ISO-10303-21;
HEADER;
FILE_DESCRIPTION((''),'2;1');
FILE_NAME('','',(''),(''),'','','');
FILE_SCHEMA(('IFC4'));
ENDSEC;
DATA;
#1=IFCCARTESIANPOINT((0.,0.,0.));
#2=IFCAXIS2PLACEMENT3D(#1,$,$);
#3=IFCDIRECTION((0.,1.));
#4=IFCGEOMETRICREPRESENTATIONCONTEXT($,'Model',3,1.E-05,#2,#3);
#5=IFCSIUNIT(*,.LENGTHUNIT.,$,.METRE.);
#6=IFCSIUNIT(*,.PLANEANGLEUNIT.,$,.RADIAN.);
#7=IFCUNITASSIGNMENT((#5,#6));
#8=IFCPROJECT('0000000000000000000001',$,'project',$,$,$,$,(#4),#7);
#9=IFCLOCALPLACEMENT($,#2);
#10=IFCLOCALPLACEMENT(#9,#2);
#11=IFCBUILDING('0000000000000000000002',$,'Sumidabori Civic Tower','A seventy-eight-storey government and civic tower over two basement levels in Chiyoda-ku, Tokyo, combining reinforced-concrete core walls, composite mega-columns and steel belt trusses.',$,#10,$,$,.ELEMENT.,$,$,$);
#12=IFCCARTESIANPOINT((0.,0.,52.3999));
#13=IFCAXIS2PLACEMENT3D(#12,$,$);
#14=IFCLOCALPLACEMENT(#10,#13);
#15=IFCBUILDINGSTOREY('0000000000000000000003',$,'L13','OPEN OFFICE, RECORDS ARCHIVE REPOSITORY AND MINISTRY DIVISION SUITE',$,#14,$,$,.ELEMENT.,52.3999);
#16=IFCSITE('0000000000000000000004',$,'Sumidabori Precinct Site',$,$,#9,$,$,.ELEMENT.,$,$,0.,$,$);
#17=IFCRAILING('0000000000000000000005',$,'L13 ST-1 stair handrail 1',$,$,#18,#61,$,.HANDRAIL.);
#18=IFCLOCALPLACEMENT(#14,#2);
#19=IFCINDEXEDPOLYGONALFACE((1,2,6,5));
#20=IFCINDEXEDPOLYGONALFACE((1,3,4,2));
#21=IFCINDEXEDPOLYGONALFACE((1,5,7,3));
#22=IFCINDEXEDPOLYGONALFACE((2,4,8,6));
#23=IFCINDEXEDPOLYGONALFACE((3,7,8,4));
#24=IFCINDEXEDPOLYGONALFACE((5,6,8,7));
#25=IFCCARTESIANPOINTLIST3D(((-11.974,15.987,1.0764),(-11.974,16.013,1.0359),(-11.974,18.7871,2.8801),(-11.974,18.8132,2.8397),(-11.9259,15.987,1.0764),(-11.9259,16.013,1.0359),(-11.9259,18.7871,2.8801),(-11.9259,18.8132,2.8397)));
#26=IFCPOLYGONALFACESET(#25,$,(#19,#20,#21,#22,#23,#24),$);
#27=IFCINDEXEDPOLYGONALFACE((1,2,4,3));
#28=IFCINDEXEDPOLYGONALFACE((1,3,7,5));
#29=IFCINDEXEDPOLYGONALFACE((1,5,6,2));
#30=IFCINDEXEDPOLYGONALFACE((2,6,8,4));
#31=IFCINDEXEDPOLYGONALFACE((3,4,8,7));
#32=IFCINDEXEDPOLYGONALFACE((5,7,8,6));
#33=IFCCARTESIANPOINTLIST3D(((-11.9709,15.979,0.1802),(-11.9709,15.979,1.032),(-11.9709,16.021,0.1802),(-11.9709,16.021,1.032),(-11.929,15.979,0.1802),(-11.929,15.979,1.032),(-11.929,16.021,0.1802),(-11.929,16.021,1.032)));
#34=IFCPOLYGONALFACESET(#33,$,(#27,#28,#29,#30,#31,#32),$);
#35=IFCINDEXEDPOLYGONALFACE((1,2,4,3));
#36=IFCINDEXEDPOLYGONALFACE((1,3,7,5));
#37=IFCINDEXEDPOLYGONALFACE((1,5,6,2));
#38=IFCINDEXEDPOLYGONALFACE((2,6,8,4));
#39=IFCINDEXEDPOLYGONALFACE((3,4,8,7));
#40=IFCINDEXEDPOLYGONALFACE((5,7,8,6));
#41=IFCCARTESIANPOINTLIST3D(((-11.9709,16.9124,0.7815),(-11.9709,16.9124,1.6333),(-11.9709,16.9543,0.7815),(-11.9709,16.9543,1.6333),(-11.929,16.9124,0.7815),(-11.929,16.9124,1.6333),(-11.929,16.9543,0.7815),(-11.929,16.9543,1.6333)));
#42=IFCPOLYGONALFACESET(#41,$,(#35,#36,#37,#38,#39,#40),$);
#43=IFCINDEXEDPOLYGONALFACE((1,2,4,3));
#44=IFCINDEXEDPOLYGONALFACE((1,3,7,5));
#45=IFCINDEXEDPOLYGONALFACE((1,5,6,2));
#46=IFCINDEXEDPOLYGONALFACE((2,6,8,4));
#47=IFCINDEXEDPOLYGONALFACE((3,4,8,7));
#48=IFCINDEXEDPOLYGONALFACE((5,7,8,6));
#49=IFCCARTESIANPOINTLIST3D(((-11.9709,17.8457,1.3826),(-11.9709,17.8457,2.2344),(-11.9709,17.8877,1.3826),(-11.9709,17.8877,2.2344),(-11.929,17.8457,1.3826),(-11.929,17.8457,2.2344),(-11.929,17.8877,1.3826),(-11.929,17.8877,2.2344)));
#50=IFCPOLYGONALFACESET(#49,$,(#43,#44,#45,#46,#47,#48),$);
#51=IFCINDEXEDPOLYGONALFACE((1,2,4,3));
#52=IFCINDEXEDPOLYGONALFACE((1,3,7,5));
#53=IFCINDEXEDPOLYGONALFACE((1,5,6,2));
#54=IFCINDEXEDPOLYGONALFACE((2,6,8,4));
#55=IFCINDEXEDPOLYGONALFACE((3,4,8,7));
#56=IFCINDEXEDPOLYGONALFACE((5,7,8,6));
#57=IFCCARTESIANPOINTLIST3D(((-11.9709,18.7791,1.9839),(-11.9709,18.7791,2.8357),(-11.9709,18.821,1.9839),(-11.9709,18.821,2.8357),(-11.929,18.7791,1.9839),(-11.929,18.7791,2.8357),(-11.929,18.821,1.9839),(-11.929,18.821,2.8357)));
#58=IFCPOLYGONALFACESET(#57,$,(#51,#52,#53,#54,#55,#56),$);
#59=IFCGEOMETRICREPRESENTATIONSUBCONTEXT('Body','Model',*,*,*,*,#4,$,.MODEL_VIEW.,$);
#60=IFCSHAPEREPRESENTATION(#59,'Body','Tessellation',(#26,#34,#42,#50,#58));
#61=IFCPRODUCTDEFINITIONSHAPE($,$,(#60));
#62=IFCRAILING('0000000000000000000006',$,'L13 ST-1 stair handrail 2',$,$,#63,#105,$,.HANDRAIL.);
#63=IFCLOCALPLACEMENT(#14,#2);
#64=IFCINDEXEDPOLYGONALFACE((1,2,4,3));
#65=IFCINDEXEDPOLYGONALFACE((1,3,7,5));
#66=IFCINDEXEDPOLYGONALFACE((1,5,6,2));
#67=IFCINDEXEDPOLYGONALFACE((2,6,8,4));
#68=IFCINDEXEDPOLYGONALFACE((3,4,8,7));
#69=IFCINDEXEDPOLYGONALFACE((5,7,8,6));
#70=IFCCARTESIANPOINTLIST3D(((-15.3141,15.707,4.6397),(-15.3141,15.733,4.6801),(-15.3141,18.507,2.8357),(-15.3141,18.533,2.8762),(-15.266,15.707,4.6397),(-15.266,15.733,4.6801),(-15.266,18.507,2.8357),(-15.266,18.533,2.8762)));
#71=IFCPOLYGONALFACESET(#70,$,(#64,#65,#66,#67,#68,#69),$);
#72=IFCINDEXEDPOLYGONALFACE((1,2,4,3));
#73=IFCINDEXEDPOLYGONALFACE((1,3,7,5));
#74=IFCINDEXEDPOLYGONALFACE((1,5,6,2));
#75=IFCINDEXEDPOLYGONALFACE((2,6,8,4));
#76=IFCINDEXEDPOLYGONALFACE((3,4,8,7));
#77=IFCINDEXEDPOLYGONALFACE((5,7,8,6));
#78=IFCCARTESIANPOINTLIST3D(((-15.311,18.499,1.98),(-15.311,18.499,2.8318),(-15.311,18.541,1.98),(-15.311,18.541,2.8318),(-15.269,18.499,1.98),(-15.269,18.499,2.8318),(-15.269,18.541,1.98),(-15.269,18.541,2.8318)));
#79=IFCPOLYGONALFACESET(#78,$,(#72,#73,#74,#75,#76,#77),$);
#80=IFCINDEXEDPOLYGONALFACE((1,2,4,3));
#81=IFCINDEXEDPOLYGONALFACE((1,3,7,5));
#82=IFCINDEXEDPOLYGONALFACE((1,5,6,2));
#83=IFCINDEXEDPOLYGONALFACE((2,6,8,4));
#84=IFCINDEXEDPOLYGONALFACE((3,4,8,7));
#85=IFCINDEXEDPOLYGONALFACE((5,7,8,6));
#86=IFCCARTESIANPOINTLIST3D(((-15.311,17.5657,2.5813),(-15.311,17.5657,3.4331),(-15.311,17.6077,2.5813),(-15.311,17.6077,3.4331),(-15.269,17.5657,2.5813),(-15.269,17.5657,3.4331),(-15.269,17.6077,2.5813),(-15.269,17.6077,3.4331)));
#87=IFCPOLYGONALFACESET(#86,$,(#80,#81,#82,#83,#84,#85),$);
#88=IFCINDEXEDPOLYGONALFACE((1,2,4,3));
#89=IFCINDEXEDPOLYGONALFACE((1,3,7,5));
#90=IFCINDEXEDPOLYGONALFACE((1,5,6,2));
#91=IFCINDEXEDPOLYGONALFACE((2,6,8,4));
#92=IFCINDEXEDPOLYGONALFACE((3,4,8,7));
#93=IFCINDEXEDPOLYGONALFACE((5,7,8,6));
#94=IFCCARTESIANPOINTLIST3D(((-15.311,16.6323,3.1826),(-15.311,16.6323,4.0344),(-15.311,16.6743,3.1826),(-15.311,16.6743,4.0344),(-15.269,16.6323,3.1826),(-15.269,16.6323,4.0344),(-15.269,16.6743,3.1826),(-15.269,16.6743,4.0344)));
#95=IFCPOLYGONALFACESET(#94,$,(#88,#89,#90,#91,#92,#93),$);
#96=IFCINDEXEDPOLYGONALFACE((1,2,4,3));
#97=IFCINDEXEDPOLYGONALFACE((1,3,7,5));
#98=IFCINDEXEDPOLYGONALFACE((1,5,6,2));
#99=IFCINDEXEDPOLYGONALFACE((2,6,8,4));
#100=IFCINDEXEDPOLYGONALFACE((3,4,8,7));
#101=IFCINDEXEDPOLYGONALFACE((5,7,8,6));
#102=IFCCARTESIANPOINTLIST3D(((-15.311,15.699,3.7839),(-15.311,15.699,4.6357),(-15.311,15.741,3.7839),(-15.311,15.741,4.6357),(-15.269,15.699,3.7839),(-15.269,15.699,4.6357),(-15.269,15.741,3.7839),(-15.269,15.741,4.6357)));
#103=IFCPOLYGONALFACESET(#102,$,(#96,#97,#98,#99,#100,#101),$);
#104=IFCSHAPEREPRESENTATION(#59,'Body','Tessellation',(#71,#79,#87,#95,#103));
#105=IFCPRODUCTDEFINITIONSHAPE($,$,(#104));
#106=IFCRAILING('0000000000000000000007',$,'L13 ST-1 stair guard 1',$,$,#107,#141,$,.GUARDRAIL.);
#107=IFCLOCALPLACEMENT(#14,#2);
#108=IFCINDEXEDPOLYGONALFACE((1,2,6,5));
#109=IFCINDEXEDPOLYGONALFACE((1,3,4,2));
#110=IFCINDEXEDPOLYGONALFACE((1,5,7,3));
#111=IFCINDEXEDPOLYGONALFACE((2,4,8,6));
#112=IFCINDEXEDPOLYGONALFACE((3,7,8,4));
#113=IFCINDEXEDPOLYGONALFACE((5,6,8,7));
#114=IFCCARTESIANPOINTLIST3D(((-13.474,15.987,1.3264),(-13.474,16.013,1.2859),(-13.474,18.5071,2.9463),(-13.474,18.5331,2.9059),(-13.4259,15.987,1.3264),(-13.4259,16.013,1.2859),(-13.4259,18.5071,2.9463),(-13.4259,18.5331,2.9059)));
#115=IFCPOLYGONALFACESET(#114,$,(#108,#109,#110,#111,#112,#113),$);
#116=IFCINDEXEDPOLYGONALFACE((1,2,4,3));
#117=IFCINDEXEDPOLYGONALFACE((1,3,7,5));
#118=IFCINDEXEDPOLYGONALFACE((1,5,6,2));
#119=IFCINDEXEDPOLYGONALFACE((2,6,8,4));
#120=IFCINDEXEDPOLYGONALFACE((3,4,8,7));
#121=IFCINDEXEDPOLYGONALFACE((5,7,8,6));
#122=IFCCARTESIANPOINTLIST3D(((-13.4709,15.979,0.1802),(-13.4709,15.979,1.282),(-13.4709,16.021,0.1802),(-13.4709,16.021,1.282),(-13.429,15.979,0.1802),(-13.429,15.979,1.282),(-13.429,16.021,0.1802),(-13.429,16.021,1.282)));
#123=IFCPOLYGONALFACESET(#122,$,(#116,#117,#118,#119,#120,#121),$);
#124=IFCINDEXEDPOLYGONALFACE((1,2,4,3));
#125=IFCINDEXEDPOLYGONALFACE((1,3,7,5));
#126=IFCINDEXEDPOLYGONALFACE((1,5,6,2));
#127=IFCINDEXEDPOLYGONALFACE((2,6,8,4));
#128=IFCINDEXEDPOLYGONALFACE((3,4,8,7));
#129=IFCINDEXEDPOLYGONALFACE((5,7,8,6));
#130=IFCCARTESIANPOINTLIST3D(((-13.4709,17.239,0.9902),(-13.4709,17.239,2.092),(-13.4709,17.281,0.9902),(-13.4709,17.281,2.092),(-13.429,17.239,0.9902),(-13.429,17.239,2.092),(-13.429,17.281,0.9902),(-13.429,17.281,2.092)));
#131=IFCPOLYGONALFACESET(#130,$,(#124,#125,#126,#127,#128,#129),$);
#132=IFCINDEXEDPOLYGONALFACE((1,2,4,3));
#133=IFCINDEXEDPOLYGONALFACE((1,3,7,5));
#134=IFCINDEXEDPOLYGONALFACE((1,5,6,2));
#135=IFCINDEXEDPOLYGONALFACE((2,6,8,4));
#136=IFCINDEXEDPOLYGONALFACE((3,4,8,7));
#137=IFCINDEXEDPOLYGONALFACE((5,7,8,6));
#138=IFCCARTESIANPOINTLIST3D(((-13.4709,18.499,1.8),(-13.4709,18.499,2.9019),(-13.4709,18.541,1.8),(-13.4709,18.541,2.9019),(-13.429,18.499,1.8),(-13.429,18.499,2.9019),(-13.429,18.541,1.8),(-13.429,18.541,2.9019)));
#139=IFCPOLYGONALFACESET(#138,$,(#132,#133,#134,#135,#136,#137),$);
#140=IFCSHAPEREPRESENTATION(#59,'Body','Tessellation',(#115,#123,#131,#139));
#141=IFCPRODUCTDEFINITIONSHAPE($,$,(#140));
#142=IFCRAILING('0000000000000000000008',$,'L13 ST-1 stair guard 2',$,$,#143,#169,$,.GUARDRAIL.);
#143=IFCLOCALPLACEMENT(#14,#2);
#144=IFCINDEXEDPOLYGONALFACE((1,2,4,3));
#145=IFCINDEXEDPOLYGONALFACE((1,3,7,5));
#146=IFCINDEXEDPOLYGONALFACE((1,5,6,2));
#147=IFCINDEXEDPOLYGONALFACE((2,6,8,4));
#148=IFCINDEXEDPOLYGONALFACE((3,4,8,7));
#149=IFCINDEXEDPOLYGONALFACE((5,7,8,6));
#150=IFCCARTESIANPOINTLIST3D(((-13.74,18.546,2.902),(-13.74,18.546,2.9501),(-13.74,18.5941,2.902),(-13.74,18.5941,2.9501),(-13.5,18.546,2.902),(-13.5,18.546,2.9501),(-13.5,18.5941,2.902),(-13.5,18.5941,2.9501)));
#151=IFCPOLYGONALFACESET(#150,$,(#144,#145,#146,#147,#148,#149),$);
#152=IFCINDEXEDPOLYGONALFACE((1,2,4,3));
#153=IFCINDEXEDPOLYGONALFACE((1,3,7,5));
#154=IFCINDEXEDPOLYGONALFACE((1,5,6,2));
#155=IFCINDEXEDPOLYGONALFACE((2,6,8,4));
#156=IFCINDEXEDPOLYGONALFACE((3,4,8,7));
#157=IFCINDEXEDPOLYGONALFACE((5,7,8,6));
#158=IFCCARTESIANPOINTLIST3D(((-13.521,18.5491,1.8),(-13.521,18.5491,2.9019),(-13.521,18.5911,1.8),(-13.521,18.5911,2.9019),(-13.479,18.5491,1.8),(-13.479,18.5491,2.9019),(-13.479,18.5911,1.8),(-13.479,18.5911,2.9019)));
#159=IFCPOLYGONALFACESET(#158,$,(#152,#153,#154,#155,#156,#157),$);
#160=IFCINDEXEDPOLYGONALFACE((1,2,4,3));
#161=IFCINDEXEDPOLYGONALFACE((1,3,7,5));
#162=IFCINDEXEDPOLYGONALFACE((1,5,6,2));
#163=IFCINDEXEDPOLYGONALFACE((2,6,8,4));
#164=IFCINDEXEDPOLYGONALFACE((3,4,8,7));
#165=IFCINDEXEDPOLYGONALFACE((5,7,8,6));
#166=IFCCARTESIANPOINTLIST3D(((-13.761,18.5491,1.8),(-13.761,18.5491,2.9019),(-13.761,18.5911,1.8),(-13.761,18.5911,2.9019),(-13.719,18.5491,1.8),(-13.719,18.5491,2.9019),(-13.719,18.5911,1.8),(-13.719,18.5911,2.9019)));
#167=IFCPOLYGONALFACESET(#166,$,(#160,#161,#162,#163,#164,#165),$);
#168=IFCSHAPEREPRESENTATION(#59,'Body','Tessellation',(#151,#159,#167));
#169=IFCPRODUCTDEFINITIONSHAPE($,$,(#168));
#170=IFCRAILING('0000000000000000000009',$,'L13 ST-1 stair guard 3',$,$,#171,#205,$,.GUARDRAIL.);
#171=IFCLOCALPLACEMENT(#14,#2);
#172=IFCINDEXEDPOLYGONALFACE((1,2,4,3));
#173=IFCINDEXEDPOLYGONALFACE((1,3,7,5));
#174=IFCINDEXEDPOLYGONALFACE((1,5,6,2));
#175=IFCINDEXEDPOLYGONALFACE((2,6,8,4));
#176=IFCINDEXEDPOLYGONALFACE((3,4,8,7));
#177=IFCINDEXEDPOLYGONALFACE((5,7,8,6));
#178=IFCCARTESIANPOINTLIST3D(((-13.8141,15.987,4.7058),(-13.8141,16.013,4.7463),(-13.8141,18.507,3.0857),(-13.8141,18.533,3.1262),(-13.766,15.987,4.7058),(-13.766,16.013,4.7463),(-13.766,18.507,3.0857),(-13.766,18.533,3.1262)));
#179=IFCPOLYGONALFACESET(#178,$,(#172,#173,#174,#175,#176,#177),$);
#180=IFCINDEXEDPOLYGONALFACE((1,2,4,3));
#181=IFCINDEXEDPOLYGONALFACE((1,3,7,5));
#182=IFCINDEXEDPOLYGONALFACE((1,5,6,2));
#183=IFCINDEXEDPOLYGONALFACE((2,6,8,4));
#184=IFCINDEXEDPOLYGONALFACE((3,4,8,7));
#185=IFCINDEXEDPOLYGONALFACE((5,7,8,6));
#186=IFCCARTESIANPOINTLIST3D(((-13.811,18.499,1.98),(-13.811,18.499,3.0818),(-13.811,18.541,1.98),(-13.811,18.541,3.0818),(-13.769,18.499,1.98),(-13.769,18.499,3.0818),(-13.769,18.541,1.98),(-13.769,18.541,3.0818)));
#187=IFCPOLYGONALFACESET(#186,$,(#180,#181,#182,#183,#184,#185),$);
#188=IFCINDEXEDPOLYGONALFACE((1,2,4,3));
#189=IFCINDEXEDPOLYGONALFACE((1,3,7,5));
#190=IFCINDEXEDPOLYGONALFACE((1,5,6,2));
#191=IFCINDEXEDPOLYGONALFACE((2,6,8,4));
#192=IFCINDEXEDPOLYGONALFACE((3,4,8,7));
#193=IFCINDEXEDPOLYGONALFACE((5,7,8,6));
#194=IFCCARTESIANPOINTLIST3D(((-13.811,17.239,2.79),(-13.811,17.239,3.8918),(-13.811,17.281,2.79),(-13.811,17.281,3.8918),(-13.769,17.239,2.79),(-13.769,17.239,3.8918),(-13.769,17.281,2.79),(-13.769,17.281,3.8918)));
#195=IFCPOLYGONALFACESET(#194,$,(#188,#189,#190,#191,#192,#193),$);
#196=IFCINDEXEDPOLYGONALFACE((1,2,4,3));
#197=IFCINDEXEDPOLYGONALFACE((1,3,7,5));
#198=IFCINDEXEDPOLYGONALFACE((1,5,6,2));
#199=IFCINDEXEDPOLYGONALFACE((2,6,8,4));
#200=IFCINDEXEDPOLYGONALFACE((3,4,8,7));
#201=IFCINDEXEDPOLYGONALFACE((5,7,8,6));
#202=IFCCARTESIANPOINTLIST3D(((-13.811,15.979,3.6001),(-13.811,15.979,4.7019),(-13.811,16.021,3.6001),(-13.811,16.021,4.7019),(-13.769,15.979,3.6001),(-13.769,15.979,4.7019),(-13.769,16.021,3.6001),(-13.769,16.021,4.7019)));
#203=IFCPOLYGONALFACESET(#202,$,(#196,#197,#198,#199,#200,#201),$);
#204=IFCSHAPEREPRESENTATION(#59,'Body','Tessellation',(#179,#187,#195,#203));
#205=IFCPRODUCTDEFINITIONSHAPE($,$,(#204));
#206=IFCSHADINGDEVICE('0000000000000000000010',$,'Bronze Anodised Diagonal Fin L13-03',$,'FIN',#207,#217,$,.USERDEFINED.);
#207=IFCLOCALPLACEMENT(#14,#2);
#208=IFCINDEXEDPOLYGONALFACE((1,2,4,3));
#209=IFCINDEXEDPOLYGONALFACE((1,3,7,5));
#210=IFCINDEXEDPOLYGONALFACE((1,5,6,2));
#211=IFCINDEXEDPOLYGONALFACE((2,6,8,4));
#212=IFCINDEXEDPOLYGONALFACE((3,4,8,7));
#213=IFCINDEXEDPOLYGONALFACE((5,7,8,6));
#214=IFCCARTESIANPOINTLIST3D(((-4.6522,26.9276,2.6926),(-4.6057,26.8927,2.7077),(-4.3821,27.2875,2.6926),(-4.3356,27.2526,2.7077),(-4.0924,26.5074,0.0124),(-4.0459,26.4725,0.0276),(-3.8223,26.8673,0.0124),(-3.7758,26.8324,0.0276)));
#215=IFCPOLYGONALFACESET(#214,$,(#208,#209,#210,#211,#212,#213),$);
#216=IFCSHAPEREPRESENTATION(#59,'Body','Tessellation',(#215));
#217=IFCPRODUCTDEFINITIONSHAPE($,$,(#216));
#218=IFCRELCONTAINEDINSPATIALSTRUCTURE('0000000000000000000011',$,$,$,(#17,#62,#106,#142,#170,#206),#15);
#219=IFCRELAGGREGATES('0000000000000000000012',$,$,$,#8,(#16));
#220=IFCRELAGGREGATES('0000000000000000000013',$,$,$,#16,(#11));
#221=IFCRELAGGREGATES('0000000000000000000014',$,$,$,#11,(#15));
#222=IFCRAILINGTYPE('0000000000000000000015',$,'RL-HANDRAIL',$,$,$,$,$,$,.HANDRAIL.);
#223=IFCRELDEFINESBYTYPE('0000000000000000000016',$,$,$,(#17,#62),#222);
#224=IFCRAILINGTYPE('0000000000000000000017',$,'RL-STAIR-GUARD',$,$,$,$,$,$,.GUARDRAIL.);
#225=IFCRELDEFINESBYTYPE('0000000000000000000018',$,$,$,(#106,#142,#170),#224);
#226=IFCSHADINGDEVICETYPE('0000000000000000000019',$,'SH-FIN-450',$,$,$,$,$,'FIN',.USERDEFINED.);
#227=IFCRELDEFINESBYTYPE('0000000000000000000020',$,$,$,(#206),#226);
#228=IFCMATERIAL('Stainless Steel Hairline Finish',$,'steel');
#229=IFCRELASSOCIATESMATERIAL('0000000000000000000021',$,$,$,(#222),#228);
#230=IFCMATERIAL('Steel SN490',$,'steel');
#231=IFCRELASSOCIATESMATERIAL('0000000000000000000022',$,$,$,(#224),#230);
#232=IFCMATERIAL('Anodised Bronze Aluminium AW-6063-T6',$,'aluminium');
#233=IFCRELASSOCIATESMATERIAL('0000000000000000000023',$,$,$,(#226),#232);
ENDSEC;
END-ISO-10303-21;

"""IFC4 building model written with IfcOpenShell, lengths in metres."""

from ifc_helpers import new_model, si_unit, direction, frame, origin, origin_2d, place, context, subcontext, project, spatial, rectangle, extrude, source, transform, mapped, material, material_profile, profile_set, type_object, element, save


model = new_model("IFC4")

# Units and contexts
model_context = context("Model", 3, precision=1e-05, world=origin(), true_north=direction((0.0, 1.0)))
body_context = subcontext(model_context, "Body", "Model", "MODEL_VIEW")
ifc_project = project(units=[si_unit("LENGTHUNIT", "METRE"), si_unit("PLANEANGLEUNIT", "RADIAN")], contexts=[model_context])

# Site, building, storey
site_placement = place(None, origin())
site = spatial("IfcSite", under=ifc_project, at=site_placement, Name="Sumidabori Precinct Site", CompositionType="ELEMENT", RefElevation=0.0)
building_placement = place(site_placement, origin())
building = spatial("IfcBuilding", under=site, at=building_placement, Name="Sumidabori Civic Tower", Description="A seventy-eight-storey government and civic tower over two basement levels in Chiyoda-ku, Tokyo, combining reinforced-concrete core walls, composite mega-columns and steel belt trusses.", CompositionType="ELEMENT")
storey_placement = place(building_placement, frame((0.0, 0.0, 52.3999)))
storey = spatial("IfcBuildingStorey", under=building, at=storey_placement, Name="L13", Description="OPEN OFFICE, RECORDS ARCHIVE REPOSITORY AND MINISTRY DIVISION SUITE", CompositionType="ELEMENT", Elevation=52.3999)

# Shared definitions
ifc_material_1 = material(Name="Steel SN490", Category="steel")

# Shared definitions
ifc_material_2 = material(Name="Anodised Bronze Aluminium AW-6063-T6", Category="aluminium")

# Railings
ifc_material_3 = material(Name="Stainless Steel Hairline Finish", Category="steel")
railing_type_1 = type_object("IfcRailingType", Name="RL-HANDRAIL", PredefinedType="HANDRAIL", material=ifc_material_3)
railing_1_placement = place(storey_placement, frame((-11.95, 16.0, 0.1802)))
element("IfcRailing", 1, at=railing_1_placement, inside=storey, type_object=railing_type_1, Name="L13 ST-1 stair handrail 1", PredefinedType="HANDRAIL", context=body_context, shape_type="SweptSolid", body=[
    extrude(rectangle(XDim=0.0481, YDim=0.0481, at=origin_2d()), frame((0.0, 0.0, 0.876), z_axis=(0.0, 0.840676, 0.541539), x_axis=(-1.0, 0.0, 0.0)), (0.0, 0.0, 1.0), 3.3308),
    extrude(rectangle(XDim=0.042, YDim=0.042, at=origin_2d()), origin(), (0.0, 0.0, 1.0), 0.8518),
    extrude(rectangle(XDim=0.042, YDim=0.042, at=origin_2d()), frame((0.0, 0.9333, 0.6013)), (0.0, 0.0, 1.0), 0.8518),
    extrude(rectangle(XDim=0.042, YDim=0.042, at=origin_2d()), frame((0.0, 1.8667, 1.2024)), (0.0, 0.0, 1.0), 0.8518),
    extrude(rectangle(XDim=0.042, YDim=0.042, at=origin_2d()), frame((0.0, 2.8, 1.8037)), (0.0, 0.0, 1.0), 0.8518),
])
railing_2_placement = place(storey_placement, frame((-15.29, 18.52, 1.98)))
element("IfcRailing", 2, at=railing_2_placement, inside=storey, type_object=railing_type_1, Name="L13 ST-1 stair handrail 2", PredefinedType="HANDRAIL", context=body_context, shape_type="SweptSolid", body=[
    extrude(rectangle(XDim=0.0481, YDim=0.0481, at=origin_2d()), frame((0.0, 0.0, 0.876), z_axis=(0.0, -0.840642, 0.541591), x_axis=(1.0, 0.0, 0.0)), (0.0, 0.0, 1.0), 3.3308),
    extrude(rectangle(XDim=0.042, YDim=0.042, at=origin_2d()), origin(), (0.0, 0.0, 1.0), 0.8518),
    extrude(rectangle(XDim=0.042, YDim=0.042, at=origin_2d()), frame((0.0, -0.9333, 0.6013)), (0.0, 0.0, 1.0), 0.8518),
    extrude(rectangle(XDim=0.042, YDim=0.042, at=origin_2d()), frame((0.0, -1.8667, 1.2026)), (0.0, 0.0, 1.0), 0.8518),
    extrude(rectangle(XDim=0.042, YDim=0.042, at=origin_2d()), frame((0.0, -2.8, 1.804)), (0.0, 0.0, 1.0), 0.8518),
])
railing_type_2 = type_object("IfcRailingType", Name="RL-STAIR-GUARD", PredefinedType="GUARDRAIL", material=ifc_material_1)
railing_3_placement = place(storey_placement, frame((-13.45, 16.0, 0.1802)))
element("IfcRailing", 3, at=railing_3_placement, inside=storey, type_object=railing_type_2, Name="L13 ST-1 stair guard 1", PredefinedType="GUARDRAIL", context=body_context, shape_type="SweptSolid", body=[
    extrude(rectangle(XDim=0.0481, YDim=0.0481, at=origin_2d()), frame((0.0, 0.0, 1.126), z_axis=(0.0, 0.8412, 0.540725), x_axis=(-1.0, 0.0, 0.0)), (0.0, 0.0, 1.0), 2.9958),
    extrude(rectangle(XDim=0.042, YDim=0.042, at=origin_2d()), origin(), (0.0, 0.0, 1.0), 1.1018),
    extrude(rectangle(XDim=0.042, YDim=0.042, at=origin_2d()), frame((0.0, 1.26, 0.8101)), (0.0, 0.0, 1.0), 1.1018),
    extrude(rectangle(XDim=0.042, YDim=0.042, at=origin_2d()), frame((0.0, 2.52, 1.6199)), (0.0, 0.0, 1.0), 1.1018),
])
railing_4_placement = place(storey_placement, frame((-13.5, 18.5701, 1.8)))
element("IfcRailing", 4, at=railing_4_placement, inside=storey, type_object=railing_type_2, Name="L13 ST-1 stair guard 2", PredefinedType="GUARDRAIL", context=body_context, shape_type="SweptSolid", body=[
    extrude(rectangle(XDim=0.0481, YDim=0.0481, at=origin_2d()), frame((0.0, 0.0, 1.126), z_axis=(-1.0, 0.0, 0.0), x_axis=(0.0, -1.0, 0.0)), (0.0, 0.0, 1.0), 0.24),
    extrude(rectangle(XDim=0.042, YDim=0.042, at=origin_2d()), origin(), (0.0, 0.0, 1.0), 1.1018),
    extrude(rectangle(XDim=0.042, YDim=0.042, at=origin_2d()), frame((-0.24, 0.0, 0.0)), (0.0, 0.0, 1.0), 1.1018),
])
railing_5_placement = place(storey_placement, frame((-13.79, 18.52, 1.98)))
element("IfcRailing", 5, at=railing_5_placement, inside=storey, type_object=railing_type_2, Name="L13 ST-1 stair guard 3", PredefinedType="GUARDRAIL", context=body_context, shape_type="SweptSolid", body=[
    extrude(rectangle(XDim=0.0481, YDim=0.0481, at=origin_2d()), frame((0.0, 0.0, 1.126), z_axis=(0.0, -0.841163, 0.540782), x_axis=(1.0, 0.0, 0.0)), (0.0, 0.0, 1.0), 2.9958),
    extrude(rectangle(XDim=0.042, YDim=0.042, at=origin_2d()), origin(), (0.0, 0.0, 1.0), 1.1018),
    extrude(rectangle(XDim=0.042, YDim=0.042, at=origin_2d()), frame((0.0, -1.26, 0.8101)), (0.0, 0.0, 1.0), 1.1018),
    extrude(rectangle(XDim=0.042, YDim=0.042, at=origin_2d()), frame((0.0, -2.52, 1.6201)), (0.0, 0.0, 1.0), 1.1018),
])

# Shading device
ifc_material_profile_1 = material_profile(ifc_material_2, rectangle(XDim=0.0601, YDim=0.45, at=origin_2d()), Name="BRONZE FIN 450x60")
ifc_profile_set_1 = profile_set([ifc_material_profile_1], Name="Anodised Bronze Aluminium AW-6063-T6")
shading_device_type = type_object("IfcShadingDeviceType", Name="SH-FIN-450", ElementType="FIN", PredefinedType="USERDEFINED", material=ifc_profile_set_1)
shared_shape_1 = source(origin(), body_context, "Body", "SweptSolid", [
    extrude(rectangle(XDim=0.0601, YDim=0.45, at=origin_2d()), origin(), (0.0, 0.0, 1.0), 2.77),
])
shading_device_placement = place(storey_placement, frame((-3.9341, 26.6699, 0.02), z_axis=(-0.202094, 0.151681, 0.967549), x_axis=(0.773837, -0.580799, 0.252684)))
element("IfcShadingDevice", 6, at=shading_device_placement, inside=storey, type_object=shading_device_type, Name="Bronze Anodised Diagonal Fin L13-03", ObjectType="FIN", PredefinedType="USERDEFINED", context=body_context, shape_type="MappedRepresentation", body=[
    mapped(shared_shape_1, transform((0.0, 0.0, 0.0), x_axis=(1.0, 0.0, 0.0), y_axis=(0.0, 1.0, 0.0), z_axis=(0.0, 0.0, 1.0), scale=1.0)),
])

save(model, "model.ifc")
